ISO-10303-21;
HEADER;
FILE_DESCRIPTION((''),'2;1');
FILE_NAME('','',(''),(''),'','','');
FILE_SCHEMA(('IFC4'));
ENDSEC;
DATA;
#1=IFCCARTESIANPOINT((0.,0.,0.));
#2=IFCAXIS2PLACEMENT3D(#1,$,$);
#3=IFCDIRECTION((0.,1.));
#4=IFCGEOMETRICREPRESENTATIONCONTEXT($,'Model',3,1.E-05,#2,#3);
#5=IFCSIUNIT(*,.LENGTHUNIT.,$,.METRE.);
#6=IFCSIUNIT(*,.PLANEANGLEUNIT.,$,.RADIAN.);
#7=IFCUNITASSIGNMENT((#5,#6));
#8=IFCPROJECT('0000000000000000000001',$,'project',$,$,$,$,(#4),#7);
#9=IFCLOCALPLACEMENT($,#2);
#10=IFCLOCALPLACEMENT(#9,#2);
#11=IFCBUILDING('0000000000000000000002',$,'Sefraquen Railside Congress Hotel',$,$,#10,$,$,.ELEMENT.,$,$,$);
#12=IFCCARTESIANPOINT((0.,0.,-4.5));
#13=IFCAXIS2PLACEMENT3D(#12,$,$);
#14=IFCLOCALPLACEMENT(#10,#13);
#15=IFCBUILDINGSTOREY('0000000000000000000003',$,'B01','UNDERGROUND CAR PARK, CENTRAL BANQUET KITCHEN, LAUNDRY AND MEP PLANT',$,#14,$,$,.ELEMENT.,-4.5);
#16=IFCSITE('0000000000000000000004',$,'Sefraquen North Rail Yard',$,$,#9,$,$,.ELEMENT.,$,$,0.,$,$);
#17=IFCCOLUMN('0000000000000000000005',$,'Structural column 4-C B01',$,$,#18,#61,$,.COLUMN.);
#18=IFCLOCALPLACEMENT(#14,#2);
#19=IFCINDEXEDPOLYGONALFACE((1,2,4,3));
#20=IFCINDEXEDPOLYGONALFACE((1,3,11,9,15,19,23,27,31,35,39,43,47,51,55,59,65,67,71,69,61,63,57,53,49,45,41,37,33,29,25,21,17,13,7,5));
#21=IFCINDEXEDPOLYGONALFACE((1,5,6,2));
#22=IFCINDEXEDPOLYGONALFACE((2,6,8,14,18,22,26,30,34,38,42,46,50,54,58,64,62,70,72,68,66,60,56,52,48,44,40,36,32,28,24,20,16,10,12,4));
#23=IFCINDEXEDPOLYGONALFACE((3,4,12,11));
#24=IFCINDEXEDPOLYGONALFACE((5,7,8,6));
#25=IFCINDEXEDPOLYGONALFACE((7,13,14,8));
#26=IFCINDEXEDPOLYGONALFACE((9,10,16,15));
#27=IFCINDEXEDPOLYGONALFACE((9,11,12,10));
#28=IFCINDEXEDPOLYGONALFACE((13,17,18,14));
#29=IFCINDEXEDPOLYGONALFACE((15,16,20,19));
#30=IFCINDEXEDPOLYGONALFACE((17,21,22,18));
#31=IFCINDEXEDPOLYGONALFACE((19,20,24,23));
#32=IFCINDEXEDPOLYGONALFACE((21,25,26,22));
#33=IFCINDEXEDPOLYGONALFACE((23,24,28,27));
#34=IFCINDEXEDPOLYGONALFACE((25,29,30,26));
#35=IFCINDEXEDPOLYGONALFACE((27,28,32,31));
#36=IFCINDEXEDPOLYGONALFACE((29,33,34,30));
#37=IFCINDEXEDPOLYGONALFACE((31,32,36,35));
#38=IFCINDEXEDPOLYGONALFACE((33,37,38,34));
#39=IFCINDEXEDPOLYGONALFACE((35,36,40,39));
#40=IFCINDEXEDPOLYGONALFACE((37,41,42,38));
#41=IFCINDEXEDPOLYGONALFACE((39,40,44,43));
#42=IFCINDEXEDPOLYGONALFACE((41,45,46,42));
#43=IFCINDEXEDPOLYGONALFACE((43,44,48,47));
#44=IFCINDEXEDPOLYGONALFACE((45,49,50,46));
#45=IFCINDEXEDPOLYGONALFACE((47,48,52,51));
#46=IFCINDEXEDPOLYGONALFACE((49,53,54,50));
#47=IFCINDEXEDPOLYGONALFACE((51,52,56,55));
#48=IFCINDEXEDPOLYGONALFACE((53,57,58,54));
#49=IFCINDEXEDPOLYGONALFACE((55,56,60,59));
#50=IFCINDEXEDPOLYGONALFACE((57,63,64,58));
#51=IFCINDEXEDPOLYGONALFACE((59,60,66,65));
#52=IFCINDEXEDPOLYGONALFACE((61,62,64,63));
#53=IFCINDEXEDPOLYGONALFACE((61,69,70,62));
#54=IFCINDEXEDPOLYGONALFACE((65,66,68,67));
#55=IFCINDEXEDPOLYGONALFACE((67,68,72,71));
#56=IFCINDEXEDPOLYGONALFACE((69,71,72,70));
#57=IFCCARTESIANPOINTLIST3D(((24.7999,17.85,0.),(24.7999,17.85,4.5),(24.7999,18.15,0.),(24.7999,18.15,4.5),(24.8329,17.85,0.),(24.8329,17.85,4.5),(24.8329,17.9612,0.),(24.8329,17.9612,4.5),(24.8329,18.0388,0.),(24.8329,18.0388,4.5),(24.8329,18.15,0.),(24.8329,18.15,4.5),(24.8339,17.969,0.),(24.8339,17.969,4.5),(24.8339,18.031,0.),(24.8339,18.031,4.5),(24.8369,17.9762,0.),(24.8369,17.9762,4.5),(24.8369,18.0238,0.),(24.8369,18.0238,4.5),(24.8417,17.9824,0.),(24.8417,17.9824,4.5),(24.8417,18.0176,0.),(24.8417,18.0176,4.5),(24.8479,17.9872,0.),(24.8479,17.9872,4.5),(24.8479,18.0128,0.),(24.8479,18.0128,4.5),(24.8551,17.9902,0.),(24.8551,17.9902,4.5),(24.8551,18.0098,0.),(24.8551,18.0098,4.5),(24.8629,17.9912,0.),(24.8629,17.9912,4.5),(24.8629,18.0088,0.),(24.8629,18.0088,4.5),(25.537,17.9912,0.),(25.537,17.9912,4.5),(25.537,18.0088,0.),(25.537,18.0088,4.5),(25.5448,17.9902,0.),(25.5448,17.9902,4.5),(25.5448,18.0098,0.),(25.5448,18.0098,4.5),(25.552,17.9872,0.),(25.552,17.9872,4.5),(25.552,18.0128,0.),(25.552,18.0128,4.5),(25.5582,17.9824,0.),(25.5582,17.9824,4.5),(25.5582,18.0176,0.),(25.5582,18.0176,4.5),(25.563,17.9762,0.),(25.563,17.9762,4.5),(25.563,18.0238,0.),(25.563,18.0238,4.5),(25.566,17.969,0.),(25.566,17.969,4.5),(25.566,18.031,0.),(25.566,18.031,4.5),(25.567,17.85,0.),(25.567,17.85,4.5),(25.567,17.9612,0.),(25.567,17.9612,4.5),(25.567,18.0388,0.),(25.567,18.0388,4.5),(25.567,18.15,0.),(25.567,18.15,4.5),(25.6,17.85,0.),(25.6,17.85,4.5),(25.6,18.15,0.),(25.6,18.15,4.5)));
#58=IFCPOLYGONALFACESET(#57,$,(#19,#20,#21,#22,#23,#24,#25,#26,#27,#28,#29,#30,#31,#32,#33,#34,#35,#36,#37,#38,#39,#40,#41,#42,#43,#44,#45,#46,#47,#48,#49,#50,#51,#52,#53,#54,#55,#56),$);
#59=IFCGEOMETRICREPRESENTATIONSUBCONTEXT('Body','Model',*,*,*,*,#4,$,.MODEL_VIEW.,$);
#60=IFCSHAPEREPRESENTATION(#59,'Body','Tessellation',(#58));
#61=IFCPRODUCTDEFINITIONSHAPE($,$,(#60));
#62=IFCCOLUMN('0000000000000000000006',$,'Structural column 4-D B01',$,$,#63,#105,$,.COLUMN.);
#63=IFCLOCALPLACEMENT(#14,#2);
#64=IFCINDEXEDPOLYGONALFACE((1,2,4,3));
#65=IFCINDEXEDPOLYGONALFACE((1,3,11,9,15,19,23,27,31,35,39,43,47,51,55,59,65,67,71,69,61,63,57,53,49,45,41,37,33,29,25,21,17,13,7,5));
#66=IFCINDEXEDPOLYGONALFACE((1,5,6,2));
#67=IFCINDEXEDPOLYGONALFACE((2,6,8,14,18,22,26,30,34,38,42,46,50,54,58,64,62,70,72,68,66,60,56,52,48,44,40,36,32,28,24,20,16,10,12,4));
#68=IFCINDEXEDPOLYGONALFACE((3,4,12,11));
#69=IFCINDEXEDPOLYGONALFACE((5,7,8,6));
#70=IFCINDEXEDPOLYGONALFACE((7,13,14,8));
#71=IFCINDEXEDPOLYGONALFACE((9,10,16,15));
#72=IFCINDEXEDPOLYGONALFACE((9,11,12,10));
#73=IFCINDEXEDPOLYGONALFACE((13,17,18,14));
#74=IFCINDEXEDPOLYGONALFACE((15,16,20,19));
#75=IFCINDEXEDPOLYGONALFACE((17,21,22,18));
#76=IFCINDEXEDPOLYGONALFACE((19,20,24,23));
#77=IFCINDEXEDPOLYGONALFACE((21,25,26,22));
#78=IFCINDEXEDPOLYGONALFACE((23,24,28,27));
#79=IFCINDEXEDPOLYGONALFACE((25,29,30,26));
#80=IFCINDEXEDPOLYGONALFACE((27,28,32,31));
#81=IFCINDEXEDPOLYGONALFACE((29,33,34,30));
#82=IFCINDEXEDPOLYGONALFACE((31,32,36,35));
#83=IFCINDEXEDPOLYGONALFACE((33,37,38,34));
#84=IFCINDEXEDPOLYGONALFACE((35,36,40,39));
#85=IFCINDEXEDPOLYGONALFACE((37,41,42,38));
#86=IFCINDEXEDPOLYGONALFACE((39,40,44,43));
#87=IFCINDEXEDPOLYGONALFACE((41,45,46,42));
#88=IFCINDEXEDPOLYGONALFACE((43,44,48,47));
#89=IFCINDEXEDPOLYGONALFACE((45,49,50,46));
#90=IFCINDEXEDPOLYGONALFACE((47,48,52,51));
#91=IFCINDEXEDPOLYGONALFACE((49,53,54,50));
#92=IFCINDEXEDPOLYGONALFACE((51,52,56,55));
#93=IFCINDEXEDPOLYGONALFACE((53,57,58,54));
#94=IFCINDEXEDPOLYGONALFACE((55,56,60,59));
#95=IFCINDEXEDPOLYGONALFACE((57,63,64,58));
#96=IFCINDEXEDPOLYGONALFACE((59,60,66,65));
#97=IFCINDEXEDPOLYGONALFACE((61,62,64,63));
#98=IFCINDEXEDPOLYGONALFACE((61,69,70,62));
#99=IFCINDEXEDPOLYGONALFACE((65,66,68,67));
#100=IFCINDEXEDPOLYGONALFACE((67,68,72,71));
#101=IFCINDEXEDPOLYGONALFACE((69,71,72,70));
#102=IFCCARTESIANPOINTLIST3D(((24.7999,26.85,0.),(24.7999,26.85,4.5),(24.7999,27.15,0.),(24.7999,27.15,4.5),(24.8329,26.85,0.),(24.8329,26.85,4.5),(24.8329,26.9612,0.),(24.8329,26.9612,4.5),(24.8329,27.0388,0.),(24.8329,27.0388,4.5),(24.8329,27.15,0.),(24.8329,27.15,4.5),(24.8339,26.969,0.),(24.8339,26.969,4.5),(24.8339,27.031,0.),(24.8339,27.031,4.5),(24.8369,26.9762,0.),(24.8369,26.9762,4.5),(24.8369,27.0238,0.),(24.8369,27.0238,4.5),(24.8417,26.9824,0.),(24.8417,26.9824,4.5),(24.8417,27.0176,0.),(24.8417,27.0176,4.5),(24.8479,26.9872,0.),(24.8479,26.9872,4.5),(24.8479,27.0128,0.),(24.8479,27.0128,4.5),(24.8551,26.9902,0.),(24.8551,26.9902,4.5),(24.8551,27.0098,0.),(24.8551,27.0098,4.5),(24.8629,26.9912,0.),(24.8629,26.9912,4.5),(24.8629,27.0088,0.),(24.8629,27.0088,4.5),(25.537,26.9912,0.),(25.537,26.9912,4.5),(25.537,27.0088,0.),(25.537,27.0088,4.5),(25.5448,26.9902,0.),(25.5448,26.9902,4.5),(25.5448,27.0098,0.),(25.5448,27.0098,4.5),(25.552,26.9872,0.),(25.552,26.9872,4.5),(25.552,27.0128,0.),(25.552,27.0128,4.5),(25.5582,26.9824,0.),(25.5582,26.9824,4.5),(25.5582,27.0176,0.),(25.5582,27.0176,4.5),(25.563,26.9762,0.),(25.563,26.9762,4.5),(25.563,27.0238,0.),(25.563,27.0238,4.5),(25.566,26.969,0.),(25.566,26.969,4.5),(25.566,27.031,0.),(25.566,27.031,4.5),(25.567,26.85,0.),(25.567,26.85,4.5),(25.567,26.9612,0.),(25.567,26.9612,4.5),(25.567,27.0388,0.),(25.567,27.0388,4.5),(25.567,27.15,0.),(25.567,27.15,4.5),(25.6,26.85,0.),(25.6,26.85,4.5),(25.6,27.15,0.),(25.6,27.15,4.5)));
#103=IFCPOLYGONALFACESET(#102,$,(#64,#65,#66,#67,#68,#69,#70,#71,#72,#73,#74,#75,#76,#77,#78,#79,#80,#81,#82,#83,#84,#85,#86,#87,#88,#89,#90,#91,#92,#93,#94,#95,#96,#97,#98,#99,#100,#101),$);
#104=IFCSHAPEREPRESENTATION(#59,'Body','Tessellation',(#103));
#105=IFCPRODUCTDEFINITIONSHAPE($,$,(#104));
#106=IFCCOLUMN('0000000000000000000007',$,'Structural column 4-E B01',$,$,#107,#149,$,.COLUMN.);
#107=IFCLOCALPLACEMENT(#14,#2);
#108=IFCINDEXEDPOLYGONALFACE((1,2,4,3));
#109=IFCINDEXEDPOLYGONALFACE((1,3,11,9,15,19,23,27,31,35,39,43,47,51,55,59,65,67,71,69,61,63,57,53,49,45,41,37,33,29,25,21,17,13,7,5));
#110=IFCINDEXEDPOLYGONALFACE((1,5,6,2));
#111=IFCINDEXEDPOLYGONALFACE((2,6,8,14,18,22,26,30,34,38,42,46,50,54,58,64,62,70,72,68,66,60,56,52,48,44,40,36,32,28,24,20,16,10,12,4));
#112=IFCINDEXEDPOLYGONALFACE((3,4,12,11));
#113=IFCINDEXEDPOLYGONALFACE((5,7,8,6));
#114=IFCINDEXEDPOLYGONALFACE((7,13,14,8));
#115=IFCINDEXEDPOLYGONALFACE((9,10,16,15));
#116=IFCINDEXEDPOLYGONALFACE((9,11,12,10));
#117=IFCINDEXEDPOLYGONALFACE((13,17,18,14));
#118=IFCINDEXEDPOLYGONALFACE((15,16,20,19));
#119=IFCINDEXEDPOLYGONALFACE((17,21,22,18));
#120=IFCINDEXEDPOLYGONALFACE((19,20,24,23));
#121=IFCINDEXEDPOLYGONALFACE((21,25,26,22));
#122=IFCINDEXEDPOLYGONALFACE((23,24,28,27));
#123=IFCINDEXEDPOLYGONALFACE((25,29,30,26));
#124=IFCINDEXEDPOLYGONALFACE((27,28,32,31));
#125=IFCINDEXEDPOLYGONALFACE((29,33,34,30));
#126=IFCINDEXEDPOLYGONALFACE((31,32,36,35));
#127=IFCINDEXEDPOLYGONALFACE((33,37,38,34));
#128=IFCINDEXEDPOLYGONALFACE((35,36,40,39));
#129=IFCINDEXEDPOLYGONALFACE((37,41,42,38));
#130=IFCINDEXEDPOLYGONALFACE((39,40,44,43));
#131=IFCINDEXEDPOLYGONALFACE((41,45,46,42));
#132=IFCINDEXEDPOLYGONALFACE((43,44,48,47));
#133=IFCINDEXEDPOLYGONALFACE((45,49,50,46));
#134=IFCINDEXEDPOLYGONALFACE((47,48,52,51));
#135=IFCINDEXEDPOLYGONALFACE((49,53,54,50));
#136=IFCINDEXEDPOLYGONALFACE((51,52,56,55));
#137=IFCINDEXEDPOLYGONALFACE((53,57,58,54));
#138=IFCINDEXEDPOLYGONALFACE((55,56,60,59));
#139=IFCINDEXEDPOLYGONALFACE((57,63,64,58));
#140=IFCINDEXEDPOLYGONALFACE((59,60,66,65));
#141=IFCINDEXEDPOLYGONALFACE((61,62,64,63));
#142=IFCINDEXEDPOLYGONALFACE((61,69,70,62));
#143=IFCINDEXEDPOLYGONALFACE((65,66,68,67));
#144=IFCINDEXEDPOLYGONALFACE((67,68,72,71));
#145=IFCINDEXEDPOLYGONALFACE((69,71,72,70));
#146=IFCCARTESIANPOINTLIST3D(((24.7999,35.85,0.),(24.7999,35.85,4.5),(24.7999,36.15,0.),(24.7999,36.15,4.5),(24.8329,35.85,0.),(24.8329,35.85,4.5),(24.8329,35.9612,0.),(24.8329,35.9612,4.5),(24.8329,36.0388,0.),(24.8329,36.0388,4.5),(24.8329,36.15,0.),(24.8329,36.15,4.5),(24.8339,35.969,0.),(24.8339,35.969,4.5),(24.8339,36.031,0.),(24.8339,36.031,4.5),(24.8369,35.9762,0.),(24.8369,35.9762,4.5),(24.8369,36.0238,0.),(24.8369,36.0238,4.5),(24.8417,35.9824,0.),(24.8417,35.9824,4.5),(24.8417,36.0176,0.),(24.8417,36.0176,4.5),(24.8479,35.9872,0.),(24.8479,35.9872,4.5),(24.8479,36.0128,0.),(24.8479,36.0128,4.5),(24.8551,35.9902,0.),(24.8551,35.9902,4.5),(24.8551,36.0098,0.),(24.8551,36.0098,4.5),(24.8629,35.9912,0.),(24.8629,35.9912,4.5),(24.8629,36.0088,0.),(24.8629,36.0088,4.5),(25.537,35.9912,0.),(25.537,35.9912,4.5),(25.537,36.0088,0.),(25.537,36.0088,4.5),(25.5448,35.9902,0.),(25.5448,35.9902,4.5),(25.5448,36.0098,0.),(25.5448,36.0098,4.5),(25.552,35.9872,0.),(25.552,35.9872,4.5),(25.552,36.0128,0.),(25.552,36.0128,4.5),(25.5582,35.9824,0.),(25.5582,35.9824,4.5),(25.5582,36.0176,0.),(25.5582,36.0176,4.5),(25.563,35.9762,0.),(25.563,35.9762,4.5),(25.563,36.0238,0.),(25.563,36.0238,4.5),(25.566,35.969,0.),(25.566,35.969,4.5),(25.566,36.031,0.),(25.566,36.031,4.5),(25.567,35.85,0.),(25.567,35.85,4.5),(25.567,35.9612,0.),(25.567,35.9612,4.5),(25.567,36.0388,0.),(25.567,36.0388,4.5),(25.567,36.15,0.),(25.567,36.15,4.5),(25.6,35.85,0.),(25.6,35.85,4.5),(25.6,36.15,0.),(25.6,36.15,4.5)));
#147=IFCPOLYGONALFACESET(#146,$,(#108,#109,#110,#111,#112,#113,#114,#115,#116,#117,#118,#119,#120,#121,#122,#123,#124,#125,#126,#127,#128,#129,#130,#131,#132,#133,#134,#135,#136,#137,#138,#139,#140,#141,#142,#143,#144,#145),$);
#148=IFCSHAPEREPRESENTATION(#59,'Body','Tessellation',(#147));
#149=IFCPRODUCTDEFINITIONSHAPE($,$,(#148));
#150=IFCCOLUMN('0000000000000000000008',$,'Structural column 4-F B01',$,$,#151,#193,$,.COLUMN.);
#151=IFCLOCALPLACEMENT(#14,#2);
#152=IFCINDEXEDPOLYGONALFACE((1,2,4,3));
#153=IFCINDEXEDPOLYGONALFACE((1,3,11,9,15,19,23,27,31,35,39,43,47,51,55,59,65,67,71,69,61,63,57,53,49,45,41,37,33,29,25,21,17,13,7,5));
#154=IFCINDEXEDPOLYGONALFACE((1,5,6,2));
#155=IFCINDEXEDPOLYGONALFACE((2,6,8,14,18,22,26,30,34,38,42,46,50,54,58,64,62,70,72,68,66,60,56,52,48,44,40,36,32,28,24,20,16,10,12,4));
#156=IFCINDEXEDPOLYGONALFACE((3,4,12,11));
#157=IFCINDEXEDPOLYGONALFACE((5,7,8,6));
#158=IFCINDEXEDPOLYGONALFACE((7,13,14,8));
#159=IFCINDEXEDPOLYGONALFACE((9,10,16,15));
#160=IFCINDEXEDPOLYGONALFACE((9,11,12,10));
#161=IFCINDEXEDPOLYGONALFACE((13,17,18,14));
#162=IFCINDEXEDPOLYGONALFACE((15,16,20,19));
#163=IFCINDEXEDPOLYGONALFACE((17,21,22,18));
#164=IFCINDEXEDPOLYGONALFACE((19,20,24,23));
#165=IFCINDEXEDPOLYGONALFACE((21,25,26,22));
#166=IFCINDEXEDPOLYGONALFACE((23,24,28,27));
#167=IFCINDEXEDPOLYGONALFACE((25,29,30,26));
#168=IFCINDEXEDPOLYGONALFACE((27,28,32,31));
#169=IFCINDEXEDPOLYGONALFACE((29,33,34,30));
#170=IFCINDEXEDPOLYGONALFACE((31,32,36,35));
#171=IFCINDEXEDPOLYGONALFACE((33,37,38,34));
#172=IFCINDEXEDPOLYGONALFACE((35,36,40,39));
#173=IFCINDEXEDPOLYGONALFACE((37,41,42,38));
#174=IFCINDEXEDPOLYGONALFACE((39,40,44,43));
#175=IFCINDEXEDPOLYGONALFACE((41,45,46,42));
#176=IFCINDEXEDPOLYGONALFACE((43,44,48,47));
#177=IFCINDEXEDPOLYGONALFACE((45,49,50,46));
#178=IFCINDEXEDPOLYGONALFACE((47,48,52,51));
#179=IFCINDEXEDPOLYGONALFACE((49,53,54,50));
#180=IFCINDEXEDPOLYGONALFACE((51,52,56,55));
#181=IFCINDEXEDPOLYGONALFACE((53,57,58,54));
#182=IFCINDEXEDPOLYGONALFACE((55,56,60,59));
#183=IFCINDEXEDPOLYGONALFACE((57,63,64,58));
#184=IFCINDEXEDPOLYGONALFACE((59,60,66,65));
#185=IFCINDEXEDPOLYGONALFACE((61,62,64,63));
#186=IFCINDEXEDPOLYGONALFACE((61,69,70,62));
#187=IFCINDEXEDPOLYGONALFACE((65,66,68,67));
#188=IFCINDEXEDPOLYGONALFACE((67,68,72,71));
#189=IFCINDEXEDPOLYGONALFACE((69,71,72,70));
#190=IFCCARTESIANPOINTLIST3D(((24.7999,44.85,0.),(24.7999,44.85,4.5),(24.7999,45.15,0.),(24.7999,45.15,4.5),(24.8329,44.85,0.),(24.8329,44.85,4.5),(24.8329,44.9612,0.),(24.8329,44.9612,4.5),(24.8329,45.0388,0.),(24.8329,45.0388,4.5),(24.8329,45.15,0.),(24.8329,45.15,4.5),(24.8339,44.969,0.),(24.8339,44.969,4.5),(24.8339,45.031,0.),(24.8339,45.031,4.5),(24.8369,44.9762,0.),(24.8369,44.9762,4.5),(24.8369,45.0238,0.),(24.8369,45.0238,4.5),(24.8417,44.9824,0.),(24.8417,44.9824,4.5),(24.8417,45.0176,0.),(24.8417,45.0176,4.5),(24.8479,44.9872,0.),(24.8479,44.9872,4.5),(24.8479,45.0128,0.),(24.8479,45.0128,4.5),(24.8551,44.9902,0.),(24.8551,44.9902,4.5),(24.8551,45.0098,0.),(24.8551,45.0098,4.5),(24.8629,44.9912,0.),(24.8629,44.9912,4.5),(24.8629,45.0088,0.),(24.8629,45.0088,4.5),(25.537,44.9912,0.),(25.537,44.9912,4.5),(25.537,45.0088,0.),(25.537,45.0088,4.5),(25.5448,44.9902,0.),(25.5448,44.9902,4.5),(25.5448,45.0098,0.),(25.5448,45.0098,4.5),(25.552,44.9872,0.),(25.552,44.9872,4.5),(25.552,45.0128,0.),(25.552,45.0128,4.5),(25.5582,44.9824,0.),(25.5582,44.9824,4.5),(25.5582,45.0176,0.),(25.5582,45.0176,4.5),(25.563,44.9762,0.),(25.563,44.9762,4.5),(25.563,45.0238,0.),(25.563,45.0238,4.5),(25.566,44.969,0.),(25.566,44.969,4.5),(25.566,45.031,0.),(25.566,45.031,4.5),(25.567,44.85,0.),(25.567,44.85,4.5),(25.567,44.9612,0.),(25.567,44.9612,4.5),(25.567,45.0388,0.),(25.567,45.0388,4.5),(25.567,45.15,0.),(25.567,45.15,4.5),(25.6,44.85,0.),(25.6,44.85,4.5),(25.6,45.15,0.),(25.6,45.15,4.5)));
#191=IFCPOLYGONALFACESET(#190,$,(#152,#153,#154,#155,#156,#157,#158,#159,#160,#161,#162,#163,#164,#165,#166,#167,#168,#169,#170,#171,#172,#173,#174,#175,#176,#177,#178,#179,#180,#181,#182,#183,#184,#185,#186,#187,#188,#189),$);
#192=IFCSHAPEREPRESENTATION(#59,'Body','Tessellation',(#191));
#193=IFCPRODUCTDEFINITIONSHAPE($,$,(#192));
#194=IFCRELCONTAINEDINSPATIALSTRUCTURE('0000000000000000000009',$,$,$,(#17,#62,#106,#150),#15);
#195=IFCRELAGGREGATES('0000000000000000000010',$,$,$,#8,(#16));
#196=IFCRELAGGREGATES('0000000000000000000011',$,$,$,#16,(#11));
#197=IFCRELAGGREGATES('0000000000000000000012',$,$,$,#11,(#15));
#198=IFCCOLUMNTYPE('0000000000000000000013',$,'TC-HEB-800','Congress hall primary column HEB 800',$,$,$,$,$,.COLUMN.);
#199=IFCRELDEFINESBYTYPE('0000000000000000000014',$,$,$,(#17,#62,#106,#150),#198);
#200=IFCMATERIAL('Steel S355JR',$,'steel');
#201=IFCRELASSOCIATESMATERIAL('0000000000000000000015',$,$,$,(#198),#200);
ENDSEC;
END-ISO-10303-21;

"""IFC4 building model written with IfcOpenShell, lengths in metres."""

from ifc_helpers import new_model, si_unit, direction, frame, origin, origin_2d, place, context, subcontext, project, spatial, i_section, extrude, material, material_profile, profile_set, type_object, element, save


model = new_model("IFC4")

# Units and contexts
model_context = context("Model", 3, precision=1e-05, world=origin(), true_north=direction((0.0, 1.0)))
body_context = subcontext(model_context, "Body", "Model", "MODEL_VIEW")
ifc_project = project(units=[si_unit("LENGTHUNIT", "METRE"), si_unit("PLANEANGLEUNIT", "RADIAN")], contexts=[model_context])

# Site, building, storey
site_placement = place(None, origin())
site = spatial("IfcSite", under=ifc_project, at=site_placement, Name="Sefraquen North Rail Yard", CompositionType="ELEMENT", RefElevation=0.0)
building_placement = place(site_placement, origin())
building = spatial("IfcBuilding", under=site, at=building_placement, Name="Sefraquen Railside Congress Hotel", CompositionType="ELEMENT")
storey_placement = place(building_placement, frame((0.0, 0.0, -4.5)))
storey = spatial("IfcBuildingStorey", under=building, at=storey_placement, Name="B01", Description="UNDERGROUND CAR PARK, CENTRAL BANQUET KITCHEN, LAUNDRY AND MEP PLANT", CompositionType="ELEMENT", Elevation=-4.5)

# Columns
ifc_material_1 = material(Name="Steel S355JR", Category="steel")
ifc_material_profile_1 = material_profile(ifc_material_1, i_section(OverallWidth=0.3, OverallDepth=0.8, WebThickness=0.0176, FlangeThickness=0.033, FilletRadius=0.03, at=origin_2d()), Name="HEB 800")
ifc_profile_set_1 = profile_set([ifc_material_profile_1], Name="Steel S355JR")
column_type = type_object("IfcColumnType", Name="TC-HEB-800", Description="Congress hall primary column HEB 800", PredefinedType="COLUMN", material=ifc_profile_set_1)
for number, where, z_axis, x_axis, name in (
    (1, (25.2, 18.0, 0.0), (0.0, 0.0, 1.0), (0.0, 1.0, 0.0), "Structural column 4-C B01"),
    (2, (25.2, 27.0, 0.0), (0.0, 0.0, 1.0), (0.0, 1.0, 0.0), "Structural column 4-D B01"),
    (3, (25.2, 36.0, 0.0), (0.0, 0.0, 1.0), (0.0, 1.0, 0.0), "Structural column 4-E B01"),
    (4, (25.2, 45.0, 0.0), (0.0, 0.0, 1.0), (0.0, 1.0, 0.0), "Structural column 4-F B01"),
):
    element("IfcColumn", number, at=place(storey_placement, frame(where, z_axis=z_axis, x_axis=x_axis)), inside=storey, type_object=column_type, Name=name, PredefinedType="COLUMN", context=body_context, shape_type="SweptSolid", body=[
        extrude(i_section(OverallWidth=0.3, OverallDepth=0.8, WebThickness=0.0176, FlangeThickness=0.033, FilletRadius=0.03, at=origin_2d()), origin(), (0.0, 0.0, 1.0), 4.5),
    ])

save(model, "model.ifc")
